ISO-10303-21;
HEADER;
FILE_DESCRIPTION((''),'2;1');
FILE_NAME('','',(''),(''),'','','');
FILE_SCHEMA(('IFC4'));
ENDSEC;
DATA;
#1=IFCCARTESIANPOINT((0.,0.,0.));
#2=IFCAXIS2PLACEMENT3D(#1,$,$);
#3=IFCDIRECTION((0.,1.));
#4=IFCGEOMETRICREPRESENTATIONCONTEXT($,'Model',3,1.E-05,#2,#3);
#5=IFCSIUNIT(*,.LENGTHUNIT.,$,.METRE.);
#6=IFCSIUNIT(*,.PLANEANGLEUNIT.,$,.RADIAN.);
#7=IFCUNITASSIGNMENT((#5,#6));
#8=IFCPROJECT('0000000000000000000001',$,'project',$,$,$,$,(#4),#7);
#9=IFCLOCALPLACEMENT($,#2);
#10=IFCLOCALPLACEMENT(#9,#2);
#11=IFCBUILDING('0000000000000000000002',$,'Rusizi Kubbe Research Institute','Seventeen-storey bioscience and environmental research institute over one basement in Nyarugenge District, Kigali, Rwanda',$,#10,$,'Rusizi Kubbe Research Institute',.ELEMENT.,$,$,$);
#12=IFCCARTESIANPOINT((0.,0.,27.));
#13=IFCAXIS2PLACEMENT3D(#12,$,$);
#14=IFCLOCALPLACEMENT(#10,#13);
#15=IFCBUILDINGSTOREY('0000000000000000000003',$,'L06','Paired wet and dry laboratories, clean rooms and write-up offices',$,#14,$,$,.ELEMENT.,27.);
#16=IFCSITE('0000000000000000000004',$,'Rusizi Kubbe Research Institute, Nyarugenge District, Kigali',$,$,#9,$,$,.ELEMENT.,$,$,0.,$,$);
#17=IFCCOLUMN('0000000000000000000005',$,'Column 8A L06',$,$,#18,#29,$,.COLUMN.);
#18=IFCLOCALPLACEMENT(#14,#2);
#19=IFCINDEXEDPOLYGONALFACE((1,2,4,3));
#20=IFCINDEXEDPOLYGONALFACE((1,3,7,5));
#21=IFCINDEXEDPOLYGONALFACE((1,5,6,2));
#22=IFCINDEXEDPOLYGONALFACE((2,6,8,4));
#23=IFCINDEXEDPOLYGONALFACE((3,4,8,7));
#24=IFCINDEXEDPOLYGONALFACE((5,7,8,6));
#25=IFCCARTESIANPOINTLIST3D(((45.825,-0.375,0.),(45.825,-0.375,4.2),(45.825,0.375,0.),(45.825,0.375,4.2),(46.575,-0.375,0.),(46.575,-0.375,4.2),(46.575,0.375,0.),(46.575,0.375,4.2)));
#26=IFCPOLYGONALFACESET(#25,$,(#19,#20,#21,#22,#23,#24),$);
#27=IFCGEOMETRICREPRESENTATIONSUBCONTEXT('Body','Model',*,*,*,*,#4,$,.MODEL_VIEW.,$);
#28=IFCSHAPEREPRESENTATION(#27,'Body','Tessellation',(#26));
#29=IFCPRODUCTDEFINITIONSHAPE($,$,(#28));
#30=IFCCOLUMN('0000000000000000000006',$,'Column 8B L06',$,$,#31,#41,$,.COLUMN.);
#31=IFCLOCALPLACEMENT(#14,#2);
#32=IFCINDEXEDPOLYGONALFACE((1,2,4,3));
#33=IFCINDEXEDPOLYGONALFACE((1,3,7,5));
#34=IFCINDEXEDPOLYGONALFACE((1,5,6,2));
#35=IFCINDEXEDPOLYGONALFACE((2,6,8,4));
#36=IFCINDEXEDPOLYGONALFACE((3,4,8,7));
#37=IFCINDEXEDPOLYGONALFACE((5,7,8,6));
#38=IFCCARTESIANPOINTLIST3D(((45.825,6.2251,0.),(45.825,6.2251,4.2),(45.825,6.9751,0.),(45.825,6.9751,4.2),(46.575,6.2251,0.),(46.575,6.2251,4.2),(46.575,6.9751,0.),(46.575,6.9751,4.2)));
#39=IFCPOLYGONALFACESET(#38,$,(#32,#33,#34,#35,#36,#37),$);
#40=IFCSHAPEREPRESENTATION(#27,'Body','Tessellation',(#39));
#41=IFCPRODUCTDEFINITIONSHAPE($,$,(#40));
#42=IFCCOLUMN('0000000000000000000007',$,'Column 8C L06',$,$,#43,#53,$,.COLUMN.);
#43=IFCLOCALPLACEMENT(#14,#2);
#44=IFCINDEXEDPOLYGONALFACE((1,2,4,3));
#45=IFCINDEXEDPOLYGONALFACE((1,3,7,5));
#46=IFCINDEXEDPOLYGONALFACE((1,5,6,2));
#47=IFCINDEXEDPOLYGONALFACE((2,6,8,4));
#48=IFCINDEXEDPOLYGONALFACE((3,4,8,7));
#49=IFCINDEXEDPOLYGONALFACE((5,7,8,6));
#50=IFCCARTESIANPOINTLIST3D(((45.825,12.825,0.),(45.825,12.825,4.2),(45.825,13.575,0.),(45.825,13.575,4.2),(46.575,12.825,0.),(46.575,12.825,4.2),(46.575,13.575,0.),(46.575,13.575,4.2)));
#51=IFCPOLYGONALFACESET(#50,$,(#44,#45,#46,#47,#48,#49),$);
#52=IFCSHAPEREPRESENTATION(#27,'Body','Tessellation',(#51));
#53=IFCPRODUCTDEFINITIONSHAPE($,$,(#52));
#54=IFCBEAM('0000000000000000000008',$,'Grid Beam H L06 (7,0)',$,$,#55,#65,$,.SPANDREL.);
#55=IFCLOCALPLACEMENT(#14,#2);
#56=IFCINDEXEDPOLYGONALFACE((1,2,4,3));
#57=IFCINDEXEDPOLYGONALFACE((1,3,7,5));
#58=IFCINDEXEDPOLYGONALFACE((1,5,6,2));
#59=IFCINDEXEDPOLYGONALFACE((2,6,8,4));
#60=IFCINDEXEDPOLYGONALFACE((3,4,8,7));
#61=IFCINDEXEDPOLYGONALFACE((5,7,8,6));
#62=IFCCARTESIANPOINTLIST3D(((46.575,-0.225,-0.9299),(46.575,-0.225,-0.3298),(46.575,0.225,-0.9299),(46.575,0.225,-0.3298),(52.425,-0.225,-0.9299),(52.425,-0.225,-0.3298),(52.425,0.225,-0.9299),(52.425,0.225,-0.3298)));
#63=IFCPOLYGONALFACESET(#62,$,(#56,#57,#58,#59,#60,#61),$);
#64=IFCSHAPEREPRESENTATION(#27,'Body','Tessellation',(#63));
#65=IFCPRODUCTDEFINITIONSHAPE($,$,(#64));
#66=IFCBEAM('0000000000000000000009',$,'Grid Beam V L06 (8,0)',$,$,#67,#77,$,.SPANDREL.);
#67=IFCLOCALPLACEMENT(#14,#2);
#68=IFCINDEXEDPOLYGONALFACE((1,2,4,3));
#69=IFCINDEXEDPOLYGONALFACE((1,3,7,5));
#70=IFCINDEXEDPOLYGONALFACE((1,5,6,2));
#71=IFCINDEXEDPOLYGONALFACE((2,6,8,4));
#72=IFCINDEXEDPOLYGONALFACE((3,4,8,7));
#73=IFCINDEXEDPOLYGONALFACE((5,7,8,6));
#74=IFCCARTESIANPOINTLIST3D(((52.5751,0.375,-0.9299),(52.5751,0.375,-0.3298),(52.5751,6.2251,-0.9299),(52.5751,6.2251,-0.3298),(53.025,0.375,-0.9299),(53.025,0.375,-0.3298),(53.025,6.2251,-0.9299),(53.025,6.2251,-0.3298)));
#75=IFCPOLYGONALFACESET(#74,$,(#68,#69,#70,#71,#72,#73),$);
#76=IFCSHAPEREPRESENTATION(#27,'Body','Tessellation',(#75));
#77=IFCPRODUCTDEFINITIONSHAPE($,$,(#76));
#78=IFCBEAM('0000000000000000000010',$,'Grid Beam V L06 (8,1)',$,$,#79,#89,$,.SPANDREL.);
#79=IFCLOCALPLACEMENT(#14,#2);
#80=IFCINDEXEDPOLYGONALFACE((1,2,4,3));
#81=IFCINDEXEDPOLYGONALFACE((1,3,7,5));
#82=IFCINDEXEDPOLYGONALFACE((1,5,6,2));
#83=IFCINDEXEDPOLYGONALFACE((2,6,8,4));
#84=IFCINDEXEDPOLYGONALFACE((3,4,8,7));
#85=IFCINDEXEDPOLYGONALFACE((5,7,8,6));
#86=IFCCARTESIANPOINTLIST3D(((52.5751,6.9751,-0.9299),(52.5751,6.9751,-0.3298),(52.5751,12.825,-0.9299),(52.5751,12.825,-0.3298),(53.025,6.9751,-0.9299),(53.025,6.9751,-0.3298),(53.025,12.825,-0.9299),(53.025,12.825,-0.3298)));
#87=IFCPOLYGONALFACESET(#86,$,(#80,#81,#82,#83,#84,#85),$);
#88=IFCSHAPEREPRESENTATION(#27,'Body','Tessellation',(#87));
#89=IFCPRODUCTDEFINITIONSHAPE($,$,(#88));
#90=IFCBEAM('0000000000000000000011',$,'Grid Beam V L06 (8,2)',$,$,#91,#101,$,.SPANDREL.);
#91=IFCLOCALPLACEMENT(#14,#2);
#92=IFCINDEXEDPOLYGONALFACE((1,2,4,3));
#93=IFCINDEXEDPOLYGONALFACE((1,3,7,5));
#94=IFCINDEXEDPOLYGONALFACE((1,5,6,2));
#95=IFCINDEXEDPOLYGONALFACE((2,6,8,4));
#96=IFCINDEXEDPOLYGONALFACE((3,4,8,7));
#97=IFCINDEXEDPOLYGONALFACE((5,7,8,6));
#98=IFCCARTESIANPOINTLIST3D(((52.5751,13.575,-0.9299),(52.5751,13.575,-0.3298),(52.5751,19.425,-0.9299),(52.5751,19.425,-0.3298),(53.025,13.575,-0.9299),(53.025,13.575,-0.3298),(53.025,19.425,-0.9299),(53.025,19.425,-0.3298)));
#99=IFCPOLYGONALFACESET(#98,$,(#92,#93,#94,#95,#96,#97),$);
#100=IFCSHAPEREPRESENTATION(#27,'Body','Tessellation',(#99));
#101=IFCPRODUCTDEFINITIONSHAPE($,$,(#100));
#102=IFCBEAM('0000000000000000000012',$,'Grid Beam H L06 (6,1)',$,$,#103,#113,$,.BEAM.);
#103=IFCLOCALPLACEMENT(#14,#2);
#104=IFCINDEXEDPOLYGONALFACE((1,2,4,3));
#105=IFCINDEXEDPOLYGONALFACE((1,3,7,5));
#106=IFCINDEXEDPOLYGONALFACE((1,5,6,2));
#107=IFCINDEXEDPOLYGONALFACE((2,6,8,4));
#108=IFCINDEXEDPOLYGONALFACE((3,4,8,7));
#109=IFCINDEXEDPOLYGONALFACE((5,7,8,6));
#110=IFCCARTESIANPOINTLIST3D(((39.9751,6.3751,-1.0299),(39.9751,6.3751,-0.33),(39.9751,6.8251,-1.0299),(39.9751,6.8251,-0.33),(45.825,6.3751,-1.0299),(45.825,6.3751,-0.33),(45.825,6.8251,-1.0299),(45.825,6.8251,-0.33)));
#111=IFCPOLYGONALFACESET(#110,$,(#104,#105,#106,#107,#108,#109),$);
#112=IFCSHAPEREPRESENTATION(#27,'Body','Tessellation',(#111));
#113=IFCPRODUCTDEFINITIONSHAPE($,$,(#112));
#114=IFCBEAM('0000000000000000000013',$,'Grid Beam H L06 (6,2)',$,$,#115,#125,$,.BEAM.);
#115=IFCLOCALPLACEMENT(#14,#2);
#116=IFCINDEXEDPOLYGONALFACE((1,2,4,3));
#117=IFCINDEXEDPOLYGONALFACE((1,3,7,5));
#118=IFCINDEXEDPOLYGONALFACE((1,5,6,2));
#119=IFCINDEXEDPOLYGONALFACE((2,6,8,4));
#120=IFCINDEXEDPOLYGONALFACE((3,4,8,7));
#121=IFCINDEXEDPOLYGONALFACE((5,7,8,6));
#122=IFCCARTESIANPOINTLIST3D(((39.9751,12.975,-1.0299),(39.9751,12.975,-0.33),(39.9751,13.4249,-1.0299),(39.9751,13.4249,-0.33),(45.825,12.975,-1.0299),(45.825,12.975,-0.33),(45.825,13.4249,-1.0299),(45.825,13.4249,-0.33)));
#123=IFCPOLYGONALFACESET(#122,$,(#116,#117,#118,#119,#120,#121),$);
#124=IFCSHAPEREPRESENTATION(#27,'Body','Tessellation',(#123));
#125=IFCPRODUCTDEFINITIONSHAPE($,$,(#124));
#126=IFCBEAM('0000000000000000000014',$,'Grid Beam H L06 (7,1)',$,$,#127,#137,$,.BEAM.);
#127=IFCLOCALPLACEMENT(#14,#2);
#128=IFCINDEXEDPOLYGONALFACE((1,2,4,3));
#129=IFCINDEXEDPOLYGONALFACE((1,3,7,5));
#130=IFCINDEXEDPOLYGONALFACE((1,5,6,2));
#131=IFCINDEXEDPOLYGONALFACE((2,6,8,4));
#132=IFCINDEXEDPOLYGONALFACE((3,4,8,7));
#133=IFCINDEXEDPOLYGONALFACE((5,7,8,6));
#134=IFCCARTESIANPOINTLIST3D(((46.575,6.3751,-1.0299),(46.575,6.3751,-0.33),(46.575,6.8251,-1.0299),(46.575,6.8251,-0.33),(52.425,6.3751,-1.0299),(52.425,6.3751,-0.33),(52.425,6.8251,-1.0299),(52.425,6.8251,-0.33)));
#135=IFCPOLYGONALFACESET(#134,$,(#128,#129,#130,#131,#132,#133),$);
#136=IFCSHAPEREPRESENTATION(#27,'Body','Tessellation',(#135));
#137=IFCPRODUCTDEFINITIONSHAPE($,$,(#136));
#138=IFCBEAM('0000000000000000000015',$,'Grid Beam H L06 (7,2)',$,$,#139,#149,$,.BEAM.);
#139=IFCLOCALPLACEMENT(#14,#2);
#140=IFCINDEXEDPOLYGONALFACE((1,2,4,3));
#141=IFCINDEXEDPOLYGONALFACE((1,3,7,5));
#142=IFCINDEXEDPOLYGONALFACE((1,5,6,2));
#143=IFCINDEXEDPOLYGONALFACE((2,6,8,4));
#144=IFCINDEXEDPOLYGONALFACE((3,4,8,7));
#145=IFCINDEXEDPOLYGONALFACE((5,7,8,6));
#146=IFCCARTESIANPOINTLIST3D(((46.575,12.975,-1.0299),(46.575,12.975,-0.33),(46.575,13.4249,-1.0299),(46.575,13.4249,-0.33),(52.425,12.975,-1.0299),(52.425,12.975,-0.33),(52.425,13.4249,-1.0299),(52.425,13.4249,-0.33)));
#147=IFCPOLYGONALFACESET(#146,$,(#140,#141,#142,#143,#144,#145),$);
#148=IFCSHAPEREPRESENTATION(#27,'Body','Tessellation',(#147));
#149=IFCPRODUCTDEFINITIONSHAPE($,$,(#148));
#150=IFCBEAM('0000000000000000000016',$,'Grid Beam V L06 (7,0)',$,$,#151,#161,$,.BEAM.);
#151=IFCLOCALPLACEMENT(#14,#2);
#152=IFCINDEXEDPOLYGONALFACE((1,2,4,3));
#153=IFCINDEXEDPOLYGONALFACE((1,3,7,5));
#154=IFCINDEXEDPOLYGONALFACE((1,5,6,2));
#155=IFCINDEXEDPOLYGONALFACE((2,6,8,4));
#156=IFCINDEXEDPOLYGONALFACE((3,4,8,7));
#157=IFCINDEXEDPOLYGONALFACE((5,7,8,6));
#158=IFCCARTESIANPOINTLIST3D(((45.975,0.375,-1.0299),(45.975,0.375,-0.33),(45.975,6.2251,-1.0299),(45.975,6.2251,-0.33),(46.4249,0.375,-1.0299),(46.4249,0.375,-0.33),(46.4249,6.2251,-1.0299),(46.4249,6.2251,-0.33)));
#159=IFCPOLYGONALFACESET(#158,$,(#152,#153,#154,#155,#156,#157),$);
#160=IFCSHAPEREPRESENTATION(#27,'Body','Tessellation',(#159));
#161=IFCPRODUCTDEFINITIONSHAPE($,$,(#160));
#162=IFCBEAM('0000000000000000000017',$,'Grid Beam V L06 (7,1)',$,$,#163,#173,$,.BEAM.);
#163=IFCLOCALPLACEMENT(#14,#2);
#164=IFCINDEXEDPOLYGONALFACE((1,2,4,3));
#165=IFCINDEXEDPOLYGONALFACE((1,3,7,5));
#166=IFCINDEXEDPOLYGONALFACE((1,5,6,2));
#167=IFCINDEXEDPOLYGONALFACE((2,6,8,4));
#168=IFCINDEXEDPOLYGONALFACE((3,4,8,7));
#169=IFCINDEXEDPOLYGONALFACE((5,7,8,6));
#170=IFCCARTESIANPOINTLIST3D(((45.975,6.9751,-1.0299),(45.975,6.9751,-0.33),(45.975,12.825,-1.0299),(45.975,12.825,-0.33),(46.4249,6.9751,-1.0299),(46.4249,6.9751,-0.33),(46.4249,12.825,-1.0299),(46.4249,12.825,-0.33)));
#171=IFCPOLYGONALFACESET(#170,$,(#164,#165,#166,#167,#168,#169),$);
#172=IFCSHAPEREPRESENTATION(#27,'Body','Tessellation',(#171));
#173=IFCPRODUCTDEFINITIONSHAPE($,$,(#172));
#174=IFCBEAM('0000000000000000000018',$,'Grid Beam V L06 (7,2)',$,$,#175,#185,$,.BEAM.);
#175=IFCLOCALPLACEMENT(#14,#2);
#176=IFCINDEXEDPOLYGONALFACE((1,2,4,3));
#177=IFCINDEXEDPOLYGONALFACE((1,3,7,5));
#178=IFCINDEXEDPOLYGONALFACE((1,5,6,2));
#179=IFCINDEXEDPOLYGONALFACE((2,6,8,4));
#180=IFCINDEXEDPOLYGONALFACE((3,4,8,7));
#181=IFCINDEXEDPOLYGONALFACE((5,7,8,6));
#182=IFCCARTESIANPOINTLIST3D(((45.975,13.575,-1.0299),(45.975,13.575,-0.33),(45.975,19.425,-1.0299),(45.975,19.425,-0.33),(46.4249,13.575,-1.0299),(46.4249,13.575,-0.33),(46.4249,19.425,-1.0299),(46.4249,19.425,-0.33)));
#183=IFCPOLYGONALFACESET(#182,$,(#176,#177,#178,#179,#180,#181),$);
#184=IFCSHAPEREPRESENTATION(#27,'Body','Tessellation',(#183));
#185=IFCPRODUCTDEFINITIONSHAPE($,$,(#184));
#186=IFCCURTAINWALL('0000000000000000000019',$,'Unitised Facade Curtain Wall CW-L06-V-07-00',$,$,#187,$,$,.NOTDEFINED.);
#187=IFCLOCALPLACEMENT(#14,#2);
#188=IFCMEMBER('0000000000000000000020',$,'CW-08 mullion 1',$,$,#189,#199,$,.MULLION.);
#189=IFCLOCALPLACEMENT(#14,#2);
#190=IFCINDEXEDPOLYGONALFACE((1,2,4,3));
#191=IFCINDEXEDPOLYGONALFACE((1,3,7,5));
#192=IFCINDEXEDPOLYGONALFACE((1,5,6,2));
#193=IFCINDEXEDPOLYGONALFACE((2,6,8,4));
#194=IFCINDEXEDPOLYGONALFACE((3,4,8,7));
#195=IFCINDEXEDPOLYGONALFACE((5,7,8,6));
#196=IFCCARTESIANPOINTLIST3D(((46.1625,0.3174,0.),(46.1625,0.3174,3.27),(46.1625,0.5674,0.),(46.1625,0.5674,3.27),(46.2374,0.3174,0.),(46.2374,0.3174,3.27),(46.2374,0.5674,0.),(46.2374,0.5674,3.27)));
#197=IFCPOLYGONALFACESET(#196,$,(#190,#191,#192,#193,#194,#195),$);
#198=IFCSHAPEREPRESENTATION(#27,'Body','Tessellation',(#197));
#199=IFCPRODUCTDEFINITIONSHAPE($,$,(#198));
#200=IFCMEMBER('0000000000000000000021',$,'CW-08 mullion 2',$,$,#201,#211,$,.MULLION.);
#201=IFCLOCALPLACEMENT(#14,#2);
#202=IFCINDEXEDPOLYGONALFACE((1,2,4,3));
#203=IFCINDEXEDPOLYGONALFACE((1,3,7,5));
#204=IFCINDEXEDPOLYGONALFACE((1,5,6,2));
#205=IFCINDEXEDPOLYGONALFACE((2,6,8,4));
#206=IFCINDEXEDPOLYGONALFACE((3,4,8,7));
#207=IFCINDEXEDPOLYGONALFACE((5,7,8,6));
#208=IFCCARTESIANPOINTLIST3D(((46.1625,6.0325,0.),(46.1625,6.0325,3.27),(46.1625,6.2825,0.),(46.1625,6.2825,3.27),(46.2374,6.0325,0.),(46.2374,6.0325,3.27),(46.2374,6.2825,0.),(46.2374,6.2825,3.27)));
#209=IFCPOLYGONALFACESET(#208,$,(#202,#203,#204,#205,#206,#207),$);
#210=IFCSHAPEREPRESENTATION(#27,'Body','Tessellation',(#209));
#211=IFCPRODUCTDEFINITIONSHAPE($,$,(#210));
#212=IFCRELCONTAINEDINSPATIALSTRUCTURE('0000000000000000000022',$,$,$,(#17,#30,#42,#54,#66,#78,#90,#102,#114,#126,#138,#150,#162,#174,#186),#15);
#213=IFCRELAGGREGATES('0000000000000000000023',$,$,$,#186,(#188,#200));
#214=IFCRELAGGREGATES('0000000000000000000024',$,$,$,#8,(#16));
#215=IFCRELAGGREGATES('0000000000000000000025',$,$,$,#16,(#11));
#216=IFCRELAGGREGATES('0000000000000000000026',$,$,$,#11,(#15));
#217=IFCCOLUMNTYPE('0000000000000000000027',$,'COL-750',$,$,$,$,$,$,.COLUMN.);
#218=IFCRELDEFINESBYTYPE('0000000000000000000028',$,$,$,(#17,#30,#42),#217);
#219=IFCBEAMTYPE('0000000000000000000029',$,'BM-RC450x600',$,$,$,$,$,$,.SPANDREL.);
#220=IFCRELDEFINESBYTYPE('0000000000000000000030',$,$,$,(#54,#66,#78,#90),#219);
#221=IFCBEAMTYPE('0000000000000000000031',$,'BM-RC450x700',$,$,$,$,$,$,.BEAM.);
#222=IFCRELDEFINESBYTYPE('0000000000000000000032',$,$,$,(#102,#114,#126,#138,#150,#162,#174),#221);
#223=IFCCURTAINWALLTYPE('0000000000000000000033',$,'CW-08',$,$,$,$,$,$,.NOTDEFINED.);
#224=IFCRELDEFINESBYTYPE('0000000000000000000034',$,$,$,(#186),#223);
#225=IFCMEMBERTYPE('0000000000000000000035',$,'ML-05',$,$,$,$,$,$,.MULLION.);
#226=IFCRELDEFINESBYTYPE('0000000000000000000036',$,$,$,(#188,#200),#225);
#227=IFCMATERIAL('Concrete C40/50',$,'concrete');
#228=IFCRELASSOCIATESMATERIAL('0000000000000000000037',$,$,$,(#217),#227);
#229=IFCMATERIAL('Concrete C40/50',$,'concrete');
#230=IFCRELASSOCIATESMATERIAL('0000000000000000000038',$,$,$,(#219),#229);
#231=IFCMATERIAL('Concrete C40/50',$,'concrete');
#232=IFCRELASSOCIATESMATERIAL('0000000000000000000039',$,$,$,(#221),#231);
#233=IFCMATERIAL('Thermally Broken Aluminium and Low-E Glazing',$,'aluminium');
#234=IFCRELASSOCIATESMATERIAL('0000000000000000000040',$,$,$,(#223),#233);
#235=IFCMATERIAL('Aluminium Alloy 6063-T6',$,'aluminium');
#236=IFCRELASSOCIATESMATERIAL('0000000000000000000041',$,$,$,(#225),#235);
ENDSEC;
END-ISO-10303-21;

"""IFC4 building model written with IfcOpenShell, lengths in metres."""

from ifc_helpers import new_model, si_unit, direction, frame, origin, origin_2d, place, context, subcontext, project, spatial, rectangle, extrude, material, material_profile, profile_set, type_object, element, aggregate, save


model = new_model("IFC4")

# Units and contexts
model_context = context("Model", 3, precision=1e-05, world=origin(), true_north=direction((0.0, 1.0)))
body_context = subcontext(model_context, "Body", "Model", "MODEL_VIEW")
ifc_project = project(units=[si_unit("LENGTHUNIT", "METRE"), si_unit("PLANEANGLEUNIT", "RADIAN")], contexts=[model_context])

# Site, building, storey
site_placement = place(None, origin())
site = spatial("IfcSite", under=ifc_project, at=site_placement, Name="Rusizi Kubbe Research Institute, Nyarugenge District, Kigali", CompositionType="ELEMENT", RefElevation=0.0)
building_placement = place(site_placement, origin())
building = spatial("IfcBuilding", under=site, at=building_placement, Name="Rusizi Kubbe Research Institute", Description="Seventeen-storey bioscience and environmental research institute over one basement in Nyarugenge District, Kigali, Rwanda", LongName="Rusizi Kubbe Research Institute", CompositionType="ELEMENT")
storey_placement = place(building_placement, frame((0.0, 0.0, 27.0)))
storey = spatial("IfcBuildingStorey", under=building, at=storey_placement, Name="L06", Description="Paired wet and dry laboratories, clean rooms and write-up offices", CompositionType="ELEMENT", Elevation=27.0)

# Columns
ifc_material_1 = material(Name="Concrete C40/50", Category="concrete")
ifc_material_profile_1 = material_profile(ifc_material_1, rectangle(XDim=0.75, YDim=0.75, at=origin_2d()), Name="RC750x750")
ifc_profile_set_1 = profile_set([ifc_material_profile_1], Name="Concrete C40/50")
column_type = type_object("IfcColumnType", Name="COL-750", PredefinedType="COLUMN", material=ifc_profile_set_1)
for number, where, z_axis, x_axis, name in (
    (1, (46.2, 0.0, 0.0), (0.0, 0.0, 1.0), (1.0, 0.0, 0.0), "Column 8A L06"),
    (2, (46.2, 6.6001, 0.0), (0.0, 0.0, 1.0), (1.0, 0.0, 0.0), "Column 8B L06"),
    (3, (46.2, 13.2, 0.0), (0.0, 0.0, 1.0), (1.0, 0.0, 0.0), "Column 8C L06"),
):
    element("IfcColumn", number, at=place(storey_placement, frame(where, z_axis=z_axis, x_axis=x_axis)), inside=storey, type_object=column_type, Name=name, PredefinedType="COLUMN", context=body_context, shape_type="SweptSolid", body=[
        extrude(rectangle(XDim=0.75, YDim=0.75, at=origin_2d()), origin(), (0.0, 0.0, 1.0), 4.2),
    ])

# Beams
ifc_material_2 = material(Name="Concrete C40/50", Category="concrete")
ifc_material_profile_2 = material_profile(ifc_material_2, rectangle(XDim=0.45, YDim=0.6001, at=origin_2d()), Name="RC450x600")
ifc_profile_set_2 = profile_set([ifc_material_profile_2], Name="Concrete C40/50")
beam_type_1 = type_object("IfcBeamType", Name="BM-RC450x600", PredefinedType="SPANDREL", material=ifc_profile_set_2)
for number, where, z_axis, x_axis, name in (
    (4, (46.575, 0.0, -0.6299), (1.0, 0.0, 0.0), (0.0, 1.0, 0.0), "Grid Beam H L06 (7,0)"),
    (5, (52.8, 0.375, -0.6299), (0.0, 1.0, 0.0), (-1.0, 0.0, 0.0), "Grid Beam V L06 (8,0)"),
):
    element("IfcBeam", number, at=place(storey_placement, frame(where, z_axis=z_axis, x_axis=x_axis)), inside=storey, type_object=beam_type_1, Name=name, PredefinedType="SPANDREL", context=body_context, shape_type="SweptSolid", body=[
        extrude(rectangle(XDim=0.45, YDim=0.6001, at=origin_2d()), origin(), (0.0, 0.0, 1.0), 5.8501),
    ])
beam_1_placement = place(storey_placement, frame((52.8, 6.9751, -0.6299), z_axis=(0.0, 1.0, 0.0), x_axis=(-1.0, 0.0, 0.0)))
element("IfcBeam", 6, at=beam_1_placement, inside=storey, type_object=beam_type_1, Name="Grid Beam V L06 (8,1)", PredefinedType="SPANDREL", context=body_context, shape_type="SweptSolid", body=[
    extrude(rectangle(XDim=0.45, YDim=0.6001, at=origin_2d()), origin(), (0.0, 0.0, 1.0), 5.8499),
])
beam_2_placement = place(storey_placement, frame((52.8, 13.575, -0.6299), z_axis=(0.0, 1.0, 0.0), x_axis=(-1.0, 0.0, 0.0)))
element("IfcBeam", 7, at=beam_2_placement, inside=storey, type_object=beam_type_1, Name="Grid Beam V L06 (8,2)", PredefinedType="SPANDREL", context=body_context, shape_type="SweptSolid", body=[
    extrude(rectangle(XDim=0.45, YDim=0.6001, at=origin_2d()), origin(), (0.0, 0.0, 1.0), 5.8501),
])
ifc_material_3 = material(Name="Concrete C40/50", Category="concrete")
ifc_material_profile_3 = material_profile(ifc_material_3, rectangle(XDim=0.45, YDim=0.7, at=origin_2d()), Name="RC450x700B")
ifc_profile_set_3 = profile_set([ifc_material_profile_3], Name="Concrete C40/50")
beam_type_2 = type_object("IfcBeamType", Name="BM-RC450x700", PredefinedType="BEAM", material=ifc_profile_set_3)
for number, where, z_axis, x_axis, name in (
    (8, (39.9751, 6.6001, -0.6799), (1.0, 0.0, 0.0), (0.0, 1.0, 0.0), "Grid Beam H L06 (6,1)"),
    (9, (39.9751, 13.2, -0.6799), (1.0, 0.0, 0.0), (0.0, 1.0, 0.0), "Grid Beam H L06 (6,2)"),
):
    element("IfcBeam", number, at=place(storey_placement, frame(where, z_axis=z_axis, x_axis=x_axis)), inside=storey, type_object=beam_type_2, Name=name, PredefinedType="BEAM", context=body_context, shape_type="SweptSolid", body=[
        extrude(rectangle(XDim=0.45, YDim=0.7, at=origin_2d()), origin(), (0.0, 0.0, 1.0), 5.8499),
    ])
for number, where, z_axis, x_axis, name in (
    (10, (46.575, 6.6001, -0.6799), (1.0, 0.0, 0.0), (0.0, 1.0, 0.0), "Grid Beam H L06 (7,1)"),
    (11, (46.575, 13.2, -0.6799), (1.0, 0.0, 0.0), (0.0, 1.0, 0.0), "Grid Beam H L06 (7,2)"),
    (12, (46.2, 0.375, -0.6799), (0.0, 1.0, 0.0), (-1.0, 0.0, 0.0), "Grid Beam V L06 (7,0)"),
):
    element("IfcBeam", number, at=place(storey_placement, frame(where, z_axis=z_axis, x_axis=x_axis)), inside=storey, type_object=beam_type_2, Name=name, PredefinedType="BEAM", context=body_context, shape_type="SweptSolid", body=[
        extrude(rectangle(XDim=0.45, YDim=0.7, at=origin_2d()), origin(), (0.0, 0.0, 1.0), 5.8501),
    ])
beam_3_placement = place(storey_placement, frame((46.2, 6.9751, -0.6799), z_axis=(0.0, 1.0, 0.0), x_axis=(-1.0, 0.0, 0.0)))
element("IfcBeam", 13, at=beam_3_placement, inside=storey, type_object=beam_type_2, Name="Grid Beam V L06 (7,1)", PredefinedType="BEAM", context=body_context, shape_type="SweptSolid", body=[
    extrude(rectangle(XDim=0.45, YDim=0.7, at=origin_2d()), origin(), (0.0, 0.0, 1.0), 5.8499),
])
beam_4_placement = place(storey_placement, frame((46.2, 13.575, -0.6799), z_axis=(0.0, 1.0, 0.0), x_axis=(-1.0, 0.0, 0.0)))
element("IfcBeam", 14, at=beam_4_placement, inside=storey, type_object=beam_type_2, Name="Grid Beam V L06 (7,2)", PredefinedType="BEAM", context=body_context, shape_type="SweptSolid", body=[
    extrude(rectangle(XDim=0.45, YDim=0.7, at=origin_2d()), origin(), (0.0, 0.0, 1.0), 5.8501),
])

# Curtain wall, members
ifc_material_4 = material(Name="Thermally Broken Aluminium and Low-E Glazing", Category="aluminium")
curtain_wall_type_1 = type_object("IfcCurtainWallType", Name="CW-08", PredefinedType="NOTDEFINED", material=ifc_material_4)
curtain_wall_1_placement = place(storey_placement, origin())
curtain_wall_1 = element("IfcCurtainWall", 15, at=curtain_wall_1_placement, inside=storey, type_object=curtain_wall_type_1, Name="Unitised Facade Curtain Wall CW-L06-V-07-00", PredefinedType="NOTDEFINED")
ifc_material_5 = material(Name="Aluminium Alloy 6063-T6", Category="aluminium")
ifc_material_profile_4 = material_profile(ifc_material_5, rectangle(XDim=0.075, YDim=0.25, at=origin_2d()), Name="ALU-M 75x250")
ifc_profile_set_4 = profile_set([ifc_material_profile_4], Name="Aluminium Alloy 6063-T6")
member_type_1 = type_object("IfcMemberType", Name="ML-05", PredefinedType="MULLION", material=ifc_profile_set_4)
member_1_placement = place(storey_placement, frame((46.2, 0.4424, 0.0), z_axis=(0.0, 0.0, 1.0), x_axis=(-1.0, 0.0, 0.0)))
member_1 = element("IfcMember", 16, at=member_1_placement, type_object=member_type_1, Name="CW-08 mullion 1", PredefinedType="MULLION", context=body_context, shape_type="SweptSolid", body=[
    extrude(rectangle(XDim=0.075, YDim=0.25, at=origin_2d()), origin(), (0.0, 0.0, 1.0), 3.27),
])
member_2_placement = place(storey_placement, frame((46.2, 6.1575, 0.0), z_axis=(0.0, 0.0, 1.0), x_axis=(-1.0, 0.0, 0.0)))
member_2 = element("IfcMember", 17, at=member_2_placement, type_object=member_type_1, Name="CW-08 mullion 2", PredefinedType="MULLION", context=body_context, shape_type="SweptSolid", body=[
    extrude(rectangle(XDim=0.075, YDim=0.25, at=origin_2d()), origin(), (0.0, 0.0, 1.0), 3.27),
])

aggregate(curtain_wall_1, [member_1, member_2])

save(model, "model.ifc")
